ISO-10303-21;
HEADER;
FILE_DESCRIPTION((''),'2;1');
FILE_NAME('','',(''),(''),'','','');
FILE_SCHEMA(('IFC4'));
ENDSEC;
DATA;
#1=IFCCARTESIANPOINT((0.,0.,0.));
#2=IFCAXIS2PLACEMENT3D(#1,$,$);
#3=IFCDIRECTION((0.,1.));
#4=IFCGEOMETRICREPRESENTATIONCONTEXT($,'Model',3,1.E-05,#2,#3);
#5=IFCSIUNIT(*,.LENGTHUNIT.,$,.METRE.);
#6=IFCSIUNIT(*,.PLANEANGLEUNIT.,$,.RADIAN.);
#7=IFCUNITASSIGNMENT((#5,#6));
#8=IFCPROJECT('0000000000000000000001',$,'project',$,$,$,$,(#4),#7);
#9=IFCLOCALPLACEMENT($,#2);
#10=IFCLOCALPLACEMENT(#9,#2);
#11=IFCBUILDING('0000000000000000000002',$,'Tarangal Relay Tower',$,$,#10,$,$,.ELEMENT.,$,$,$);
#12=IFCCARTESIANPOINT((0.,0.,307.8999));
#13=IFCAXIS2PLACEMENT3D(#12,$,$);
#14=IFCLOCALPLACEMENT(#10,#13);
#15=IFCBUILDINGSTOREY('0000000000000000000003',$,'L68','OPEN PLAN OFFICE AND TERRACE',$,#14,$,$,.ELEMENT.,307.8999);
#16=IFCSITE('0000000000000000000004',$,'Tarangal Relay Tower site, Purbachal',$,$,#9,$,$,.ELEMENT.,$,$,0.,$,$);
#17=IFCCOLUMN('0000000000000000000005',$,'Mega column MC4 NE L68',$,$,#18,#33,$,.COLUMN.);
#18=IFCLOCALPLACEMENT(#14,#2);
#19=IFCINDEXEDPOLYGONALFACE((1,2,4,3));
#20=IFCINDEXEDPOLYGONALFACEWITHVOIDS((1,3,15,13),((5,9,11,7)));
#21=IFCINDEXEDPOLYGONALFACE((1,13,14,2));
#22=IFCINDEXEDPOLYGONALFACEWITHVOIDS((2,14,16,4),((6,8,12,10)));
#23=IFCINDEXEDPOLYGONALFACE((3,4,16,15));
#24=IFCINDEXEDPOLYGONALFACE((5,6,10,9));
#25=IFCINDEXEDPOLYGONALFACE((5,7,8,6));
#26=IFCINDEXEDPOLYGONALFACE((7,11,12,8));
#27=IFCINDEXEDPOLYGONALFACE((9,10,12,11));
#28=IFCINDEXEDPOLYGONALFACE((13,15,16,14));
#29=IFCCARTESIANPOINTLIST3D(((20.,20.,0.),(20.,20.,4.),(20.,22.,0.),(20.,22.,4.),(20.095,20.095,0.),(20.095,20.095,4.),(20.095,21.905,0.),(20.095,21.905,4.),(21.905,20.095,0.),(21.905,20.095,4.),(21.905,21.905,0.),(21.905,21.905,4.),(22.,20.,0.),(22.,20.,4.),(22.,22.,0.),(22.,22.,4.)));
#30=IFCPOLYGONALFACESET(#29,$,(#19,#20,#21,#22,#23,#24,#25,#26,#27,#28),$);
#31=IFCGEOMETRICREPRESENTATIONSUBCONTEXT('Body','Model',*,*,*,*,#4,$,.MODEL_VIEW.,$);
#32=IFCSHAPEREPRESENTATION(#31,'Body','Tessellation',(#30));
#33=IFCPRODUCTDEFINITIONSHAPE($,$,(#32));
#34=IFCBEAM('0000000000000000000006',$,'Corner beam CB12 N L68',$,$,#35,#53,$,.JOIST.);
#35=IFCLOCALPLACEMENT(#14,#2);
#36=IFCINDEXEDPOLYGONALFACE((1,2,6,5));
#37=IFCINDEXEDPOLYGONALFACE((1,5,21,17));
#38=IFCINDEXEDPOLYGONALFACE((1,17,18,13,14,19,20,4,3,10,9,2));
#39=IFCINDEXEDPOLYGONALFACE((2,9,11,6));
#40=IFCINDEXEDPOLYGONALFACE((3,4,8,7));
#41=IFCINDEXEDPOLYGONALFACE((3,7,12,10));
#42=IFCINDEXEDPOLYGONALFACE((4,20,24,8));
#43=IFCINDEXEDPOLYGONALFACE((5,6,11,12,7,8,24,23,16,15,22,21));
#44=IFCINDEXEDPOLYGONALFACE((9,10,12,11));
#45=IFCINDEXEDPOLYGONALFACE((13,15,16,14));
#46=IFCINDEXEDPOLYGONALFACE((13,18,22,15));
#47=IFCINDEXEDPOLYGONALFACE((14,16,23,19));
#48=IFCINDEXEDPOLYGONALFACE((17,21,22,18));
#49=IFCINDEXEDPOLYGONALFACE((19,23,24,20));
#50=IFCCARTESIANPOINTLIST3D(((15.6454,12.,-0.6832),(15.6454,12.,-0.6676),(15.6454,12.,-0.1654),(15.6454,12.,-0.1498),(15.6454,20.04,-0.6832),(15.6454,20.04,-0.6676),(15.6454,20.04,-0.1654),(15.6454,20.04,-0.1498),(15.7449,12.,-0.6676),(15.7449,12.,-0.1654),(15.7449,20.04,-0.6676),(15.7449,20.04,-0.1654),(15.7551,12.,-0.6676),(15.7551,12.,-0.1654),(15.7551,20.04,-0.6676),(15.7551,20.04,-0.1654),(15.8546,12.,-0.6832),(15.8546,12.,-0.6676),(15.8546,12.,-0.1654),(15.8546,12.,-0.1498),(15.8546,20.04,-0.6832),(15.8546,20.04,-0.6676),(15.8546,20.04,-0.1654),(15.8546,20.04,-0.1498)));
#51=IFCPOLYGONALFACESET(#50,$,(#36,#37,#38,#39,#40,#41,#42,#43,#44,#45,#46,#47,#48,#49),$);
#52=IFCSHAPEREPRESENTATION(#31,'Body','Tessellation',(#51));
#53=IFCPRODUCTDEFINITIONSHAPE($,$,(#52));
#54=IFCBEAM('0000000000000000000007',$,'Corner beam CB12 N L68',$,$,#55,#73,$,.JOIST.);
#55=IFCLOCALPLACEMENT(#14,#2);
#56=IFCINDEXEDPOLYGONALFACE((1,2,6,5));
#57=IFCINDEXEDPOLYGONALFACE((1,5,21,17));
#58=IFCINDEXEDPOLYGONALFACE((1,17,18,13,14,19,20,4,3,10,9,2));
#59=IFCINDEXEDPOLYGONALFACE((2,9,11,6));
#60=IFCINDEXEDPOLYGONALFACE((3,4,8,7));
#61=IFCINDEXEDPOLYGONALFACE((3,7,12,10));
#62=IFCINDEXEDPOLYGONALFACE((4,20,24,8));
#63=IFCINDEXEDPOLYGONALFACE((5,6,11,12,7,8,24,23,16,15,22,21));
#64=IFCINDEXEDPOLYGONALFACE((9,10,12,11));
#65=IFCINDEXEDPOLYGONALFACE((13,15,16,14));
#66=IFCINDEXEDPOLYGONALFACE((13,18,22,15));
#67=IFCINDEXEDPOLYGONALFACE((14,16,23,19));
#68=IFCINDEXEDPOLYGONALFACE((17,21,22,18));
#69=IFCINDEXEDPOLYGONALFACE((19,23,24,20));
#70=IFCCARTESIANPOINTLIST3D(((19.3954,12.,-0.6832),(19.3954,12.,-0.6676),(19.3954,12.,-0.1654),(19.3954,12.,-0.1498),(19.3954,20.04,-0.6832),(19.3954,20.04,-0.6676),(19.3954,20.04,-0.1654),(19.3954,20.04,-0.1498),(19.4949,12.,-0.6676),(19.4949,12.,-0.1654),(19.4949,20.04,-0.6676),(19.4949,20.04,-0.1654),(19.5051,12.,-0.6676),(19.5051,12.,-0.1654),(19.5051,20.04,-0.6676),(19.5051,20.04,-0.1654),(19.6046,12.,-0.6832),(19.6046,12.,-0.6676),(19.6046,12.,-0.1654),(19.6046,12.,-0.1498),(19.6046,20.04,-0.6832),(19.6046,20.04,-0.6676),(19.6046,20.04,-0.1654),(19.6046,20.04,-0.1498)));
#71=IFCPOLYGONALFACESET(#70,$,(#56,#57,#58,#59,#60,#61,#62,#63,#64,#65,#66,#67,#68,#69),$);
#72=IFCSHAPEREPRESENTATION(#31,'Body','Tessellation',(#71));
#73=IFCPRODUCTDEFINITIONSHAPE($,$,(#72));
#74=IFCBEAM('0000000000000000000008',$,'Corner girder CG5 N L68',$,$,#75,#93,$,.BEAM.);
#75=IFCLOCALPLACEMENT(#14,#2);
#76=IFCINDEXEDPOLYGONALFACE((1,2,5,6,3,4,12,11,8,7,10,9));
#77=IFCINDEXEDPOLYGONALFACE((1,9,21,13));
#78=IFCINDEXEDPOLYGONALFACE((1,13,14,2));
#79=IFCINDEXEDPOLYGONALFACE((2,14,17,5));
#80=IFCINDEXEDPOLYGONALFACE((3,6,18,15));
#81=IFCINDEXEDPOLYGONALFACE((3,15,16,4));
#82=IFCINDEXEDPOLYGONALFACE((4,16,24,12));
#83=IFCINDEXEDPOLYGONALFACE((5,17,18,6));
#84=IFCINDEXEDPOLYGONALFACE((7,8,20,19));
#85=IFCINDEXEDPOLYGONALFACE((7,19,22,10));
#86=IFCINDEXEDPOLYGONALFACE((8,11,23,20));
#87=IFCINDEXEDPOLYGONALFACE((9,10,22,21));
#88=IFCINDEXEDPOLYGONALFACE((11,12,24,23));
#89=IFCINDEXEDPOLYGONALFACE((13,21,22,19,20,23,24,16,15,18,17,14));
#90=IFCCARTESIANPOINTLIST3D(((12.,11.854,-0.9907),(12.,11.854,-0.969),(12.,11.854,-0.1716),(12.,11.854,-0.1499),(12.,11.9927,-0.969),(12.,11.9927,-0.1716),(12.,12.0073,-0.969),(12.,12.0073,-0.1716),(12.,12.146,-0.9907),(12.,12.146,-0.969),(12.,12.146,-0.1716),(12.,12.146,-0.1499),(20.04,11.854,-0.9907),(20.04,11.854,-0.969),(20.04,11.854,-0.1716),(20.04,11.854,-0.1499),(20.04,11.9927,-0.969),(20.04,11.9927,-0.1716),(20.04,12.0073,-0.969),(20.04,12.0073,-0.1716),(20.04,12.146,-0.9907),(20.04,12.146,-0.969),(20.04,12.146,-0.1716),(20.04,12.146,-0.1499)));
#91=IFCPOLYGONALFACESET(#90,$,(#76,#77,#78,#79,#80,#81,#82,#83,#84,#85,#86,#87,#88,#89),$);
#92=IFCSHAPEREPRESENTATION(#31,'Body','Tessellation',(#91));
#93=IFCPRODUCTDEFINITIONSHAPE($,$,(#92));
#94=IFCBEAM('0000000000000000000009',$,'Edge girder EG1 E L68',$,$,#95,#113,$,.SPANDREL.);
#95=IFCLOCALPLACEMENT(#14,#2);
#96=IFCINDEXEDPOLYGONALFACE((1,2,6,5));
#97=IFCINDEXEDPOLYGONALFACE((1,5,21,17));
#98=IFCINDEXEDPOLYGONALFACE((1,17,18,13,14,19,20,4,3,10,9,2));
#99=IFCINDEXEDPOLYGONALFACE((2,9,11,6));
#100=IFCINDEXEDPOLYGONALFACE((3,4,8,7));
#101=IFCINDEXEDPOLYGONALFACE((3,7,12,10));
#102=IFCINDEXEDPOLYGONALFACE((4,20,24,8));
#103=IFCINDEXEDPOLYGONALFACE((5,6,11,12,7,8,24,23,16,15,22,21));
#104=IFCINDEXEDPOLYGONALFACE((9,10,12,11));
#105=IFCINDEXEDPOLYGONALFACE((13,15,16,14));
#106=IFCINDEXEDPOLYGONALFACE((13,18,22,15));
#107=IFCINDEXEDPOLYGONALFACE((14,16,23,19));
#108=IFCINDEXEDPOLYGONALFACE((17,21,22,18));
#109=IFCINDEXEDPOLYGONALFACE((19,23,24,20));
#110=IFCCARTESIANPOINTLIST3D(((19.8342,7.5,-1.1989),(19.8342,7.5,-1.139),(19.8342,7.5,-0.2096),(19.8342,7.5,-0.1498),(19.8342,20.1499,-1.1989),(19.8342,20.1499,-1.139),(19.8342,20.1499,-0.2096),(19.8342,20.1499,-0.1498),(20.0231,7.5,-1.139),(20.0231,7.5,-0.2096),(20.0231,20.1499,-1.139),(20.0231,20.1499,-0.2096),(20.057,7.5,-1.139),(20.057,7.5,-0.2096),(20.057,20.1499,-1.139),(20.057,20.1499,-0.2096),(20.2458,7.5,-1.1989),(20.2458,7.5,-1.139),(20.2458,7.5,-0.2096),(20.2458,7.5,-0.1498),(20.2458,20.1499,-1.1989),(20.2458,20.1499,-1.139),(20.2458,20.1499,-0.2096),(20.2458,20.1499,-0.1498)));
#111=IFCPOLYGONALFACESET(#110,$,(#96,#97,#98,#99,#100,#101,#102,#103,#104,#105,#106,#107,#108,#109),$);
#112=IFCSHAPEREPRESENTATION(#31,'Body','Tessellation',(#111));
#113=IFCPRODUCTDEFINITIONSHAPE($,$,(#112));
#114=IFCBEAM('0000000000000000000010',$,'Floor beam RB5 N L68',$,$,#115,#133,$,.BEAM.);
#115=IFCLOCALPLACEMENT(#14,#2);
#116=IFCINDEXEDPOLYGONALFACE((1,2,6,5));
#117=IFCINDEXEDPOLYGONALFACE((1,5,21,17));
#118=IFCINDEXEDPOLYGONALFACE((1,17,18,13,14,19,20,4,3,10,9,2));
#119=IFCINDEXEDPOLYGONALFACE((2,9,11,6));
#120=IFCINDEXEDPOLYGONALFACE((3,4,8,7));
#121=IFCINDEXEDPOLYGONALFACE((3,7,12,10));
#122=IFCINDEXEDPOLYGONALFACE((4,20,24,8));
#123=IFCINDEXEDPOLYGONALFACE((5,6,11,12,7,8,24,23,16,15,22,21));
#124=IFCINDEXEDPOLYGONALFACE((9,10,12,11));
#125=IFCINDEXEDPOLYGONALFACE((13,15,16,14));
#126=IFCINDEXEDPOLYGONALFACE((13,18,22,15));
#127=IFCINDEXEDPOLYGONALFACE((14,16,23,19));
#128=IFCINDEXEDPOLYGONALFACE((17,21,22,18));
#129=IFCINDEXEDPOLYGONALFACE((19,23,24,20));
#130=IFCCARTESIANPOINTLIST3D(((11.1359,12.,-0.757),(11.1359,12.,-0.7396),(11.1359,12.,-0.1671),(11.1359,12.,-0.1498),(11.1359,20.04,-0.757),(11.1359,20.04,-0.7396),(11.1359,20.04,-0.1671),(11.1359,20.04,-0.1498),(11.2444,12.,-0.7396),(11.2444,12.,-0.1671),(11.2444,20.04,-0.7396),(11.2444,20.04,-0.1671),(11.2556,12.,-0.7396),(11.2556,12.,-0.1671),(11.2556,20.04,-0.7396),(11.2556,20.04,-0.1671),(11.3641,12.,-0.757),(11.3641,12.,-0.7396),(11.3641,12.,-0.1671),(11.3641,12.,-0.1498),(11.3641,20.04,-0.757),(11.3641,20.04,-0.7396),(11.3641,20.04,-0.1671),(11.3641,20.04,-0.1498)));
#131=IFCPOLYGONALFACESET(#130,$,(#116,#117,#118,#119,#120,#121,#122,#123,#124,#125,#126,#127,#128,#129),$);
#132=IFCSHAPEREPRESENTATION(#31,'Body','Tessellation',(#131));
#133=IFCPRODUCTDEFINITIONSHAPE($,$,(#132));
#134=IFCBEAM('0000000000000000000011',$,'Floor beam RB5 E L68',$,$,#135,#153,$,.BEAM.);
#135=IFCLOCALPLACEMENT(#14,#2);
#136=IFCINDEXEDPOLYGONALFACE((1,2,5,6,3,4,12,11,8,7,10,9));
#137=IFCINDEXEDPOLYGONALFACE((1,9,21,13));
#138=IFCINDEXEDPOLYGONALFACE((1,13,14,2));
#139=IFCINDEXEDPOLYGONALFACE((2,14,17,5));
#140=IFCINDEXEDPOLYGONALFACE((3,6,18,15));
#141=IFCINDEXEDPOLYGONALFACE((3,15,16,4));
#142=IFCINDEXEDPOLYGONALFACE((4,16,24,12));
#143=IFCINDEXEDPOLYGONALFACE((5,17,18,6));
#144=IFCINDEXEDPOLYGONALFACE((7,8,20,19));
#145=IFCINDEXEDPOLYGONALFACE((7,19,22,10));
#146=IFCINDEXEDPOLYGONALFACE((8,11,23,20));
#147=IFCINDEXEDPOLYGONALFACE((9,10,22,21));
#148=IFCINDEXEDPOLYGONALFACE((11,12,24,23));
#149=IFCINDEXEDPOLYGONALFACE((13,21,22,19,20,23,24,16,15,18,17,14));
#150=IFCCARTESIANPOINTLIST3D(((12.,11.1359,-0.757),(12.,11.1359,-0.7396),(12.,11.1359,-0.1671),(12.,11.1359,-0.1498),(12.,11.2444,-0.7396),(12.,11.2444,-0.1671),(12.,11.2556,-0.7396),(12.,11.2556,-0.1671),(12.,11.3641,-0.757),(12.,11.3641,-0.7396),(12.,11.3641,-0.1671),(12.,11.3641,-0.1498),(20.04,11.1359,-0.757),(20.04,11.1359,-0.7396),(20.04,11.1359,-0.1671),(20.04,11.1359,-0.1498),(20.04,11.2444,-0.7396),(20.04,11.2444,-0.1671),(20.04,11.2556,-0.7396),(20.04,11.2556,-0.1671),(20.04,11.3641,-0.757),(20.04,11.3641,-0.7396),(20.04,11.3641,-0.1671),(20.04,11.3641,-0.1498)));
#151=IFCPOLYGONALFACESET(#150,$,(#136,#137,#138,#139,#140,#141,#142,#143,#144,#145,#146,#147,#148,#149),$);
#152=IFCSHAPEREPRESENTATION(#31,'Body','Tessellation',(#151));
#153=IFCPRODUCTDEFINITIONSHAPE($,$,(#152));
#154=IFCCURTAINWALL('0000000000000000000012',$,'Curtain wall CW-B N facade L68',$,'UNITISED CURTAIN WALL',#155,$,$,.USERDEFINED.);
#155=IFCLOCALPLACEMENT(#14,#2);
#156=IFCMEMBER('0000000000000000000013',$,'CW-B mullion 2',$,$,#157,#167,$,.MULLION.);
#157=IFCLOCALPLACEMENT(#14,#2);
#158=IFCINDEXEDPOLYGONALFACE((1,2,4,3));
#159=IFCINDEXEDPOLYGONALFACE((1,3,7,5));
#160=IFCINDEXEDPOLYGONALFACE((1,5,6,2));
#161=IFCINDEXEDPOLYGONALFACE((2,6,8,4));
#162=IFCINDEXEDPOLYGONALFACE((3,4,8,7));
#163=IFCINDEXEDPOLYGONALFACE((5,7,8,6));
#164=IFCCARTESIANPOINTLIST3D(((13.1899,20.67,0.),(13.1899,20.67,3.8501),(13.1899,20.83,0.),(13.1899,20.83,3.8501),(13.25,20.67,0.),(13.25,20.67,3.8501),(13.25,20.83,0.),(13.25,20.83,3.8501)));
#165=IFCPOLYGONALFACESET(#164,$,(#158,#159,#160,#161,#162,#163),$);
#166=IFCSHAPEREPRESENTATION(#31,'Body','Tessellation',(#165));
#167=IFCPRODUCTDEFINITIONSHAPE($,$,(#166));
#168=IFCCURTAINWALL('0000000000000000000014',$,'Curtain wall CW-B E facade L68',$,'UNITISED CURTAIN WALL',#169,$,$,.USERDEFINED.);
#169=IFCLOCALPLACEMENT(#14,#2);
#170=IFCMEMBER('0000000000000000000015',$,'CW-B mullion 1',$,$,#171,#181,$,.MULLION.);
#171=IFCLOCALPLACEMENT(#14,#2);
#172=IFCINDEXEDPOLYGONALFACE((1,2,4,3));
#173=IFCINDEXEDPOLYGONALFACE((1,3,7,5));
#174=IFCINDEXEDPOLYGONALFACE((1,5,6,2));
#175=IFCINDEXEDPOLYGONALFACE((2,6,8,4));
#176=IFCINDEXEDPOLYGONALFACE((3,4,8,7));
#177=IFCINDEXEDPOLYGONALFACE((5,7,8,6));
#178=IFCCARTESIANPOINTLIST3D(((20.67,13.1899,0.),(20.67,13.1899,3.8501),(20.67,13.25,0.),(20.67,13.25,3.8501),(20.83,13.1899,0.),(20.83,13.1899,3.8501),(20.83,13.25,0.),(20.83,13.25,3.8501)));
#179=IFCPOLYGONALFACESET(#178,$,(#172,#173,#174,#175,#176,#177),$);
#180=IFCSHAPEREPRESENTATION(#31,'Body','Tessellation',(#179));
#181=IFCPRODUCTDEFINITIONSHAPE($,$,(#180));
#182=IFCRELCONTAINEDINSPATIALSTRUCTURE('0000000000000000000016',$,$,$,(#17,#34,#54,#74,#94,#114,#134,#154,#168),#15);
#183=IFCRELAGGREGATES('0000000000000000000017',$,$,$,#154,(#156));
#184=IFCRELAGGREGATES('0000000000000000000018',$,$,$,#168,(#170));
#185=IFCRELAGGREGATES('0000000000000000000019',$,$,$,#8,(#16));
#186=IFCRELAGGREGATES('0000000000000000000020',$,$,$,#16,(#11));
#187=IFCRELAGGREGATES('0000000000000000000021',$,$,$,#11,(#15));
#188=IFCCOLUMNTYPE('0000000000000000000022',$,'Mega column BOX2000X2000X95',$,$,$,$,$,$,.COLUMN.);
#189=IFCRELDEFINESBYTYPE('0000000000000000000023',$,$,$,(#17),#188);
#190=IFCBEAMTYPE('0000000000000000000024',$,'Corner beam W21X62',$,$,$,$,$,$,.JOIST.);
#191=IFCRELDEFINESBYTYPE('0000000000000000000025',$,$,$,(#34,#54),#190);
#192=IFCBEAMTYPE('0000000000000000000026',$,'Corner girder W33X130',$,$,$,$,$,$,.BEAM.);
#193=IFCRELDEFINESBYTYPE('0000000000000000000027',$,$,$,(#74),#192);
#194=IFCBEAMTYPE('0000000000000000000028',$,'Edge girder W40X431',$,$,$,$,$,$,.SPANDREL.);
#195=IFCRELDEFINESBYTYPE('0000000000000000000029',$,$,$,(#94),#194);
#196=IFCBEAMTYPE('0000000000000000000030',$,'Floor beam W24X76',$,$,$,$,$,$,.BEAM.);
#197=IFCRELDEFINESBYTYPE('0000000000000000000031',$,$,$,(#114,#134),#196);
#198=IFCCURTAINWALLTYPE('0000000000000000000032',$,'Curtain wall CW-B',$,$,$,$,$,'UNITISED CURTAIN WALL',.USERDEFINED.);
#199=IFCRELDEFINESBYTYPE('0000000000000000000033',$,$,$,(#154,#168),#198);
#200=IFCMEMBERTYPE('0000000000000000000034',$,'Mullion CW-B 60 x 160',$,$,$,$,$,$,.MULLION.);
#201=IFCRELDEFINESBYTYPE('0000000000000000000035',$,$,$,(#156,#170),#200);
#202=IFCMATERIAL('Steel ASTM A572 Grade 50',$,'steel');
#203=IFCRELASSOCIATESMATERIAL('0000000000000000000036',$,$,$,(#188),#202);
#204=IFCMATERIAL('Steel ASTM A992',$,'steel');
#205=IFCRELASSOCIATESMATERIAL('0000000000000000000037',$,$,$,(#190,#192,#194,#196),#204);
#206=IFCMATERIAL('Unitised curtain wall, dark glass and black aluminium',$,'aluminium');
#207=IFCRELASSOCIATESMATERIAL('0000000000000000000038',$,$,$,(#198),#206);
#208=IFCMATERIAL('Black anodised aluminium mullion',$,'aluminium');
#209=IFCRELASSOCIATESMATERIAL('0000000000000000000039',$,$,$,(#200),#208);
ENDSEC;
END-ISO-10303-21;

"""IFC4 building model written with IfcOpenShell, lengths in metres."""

from ifc_helpers import new_model, si_unit, direction, frame, origin, origin_2d, place, context, subcontext, project, spatial, rectangle, hollow_rectangle, i_section, extrude, material, material_profile, profile_set, type_object, element, aggregate, save


model = new_model("IFC4")

# Units and contexts
model_context = context("Model", 3, precision=1e-05, world=origin(), true_north=direction((0.0, 1.0)))
body_context = subcontext(model_context, "Body", "Model", "MODEL_VIEW")
ifc_project = project(units=[si_unit("LENGTHUNIT", "METRE"), si_unit("PLANEANGLEUNIT", "RADIAN")], contexts=[model_context])

# Site, building, storey
site_placement = place(None, origin())
site = spatial("IfcSite", under=ifc_project, at=site_placement, Name="Tarangal Relay Tower site, Purbachal", CompositionType="ELEMENT", RefElevation=0.0)
building_placement = place(site_placement, origin())
building = spatial("IfcBuilding", under=site, at=building_placement, Name="Tarangal Relay Tower", CompositionType="ELEMENT")
storey_placement = place(building_placement, frame((0.0, 0.0, 307.8999)))
storey = spatial("IfcBuildingStorey", under=building, at=storey_placement, Name="L68", Description="OPEN PLAN OFFICE AND TERRACE", CompositionType="ELEMENT", Elevation=307.8999)

# Column
ifc_material_1 = material(Name="Steel ASTM A572 Grade 50", Category="steel")
ifc_material_profile_1 = material_profile(ifc_material_1, hollow_rectangle(XDim=2.0, YDim=2.0, WallThickness=0.095, at=origin_2d()), Name="BOX2000X2000X95")
ifc_profile_set_1 = profile_set([ifc_material_profile_1], Name="Steel ASTM A572 Grade 50")
column_type = type_object("IfcColumnType", Name="Mega column BOX2000X2000X95", PredefinedType="COLUMN", material=ifc_profile_set_1)
column_placement = place(storey_placement, frame((21.0, 21.0, 0.0), z_axis=(0.0, 0.0, 1.0), x_axis=(1.0, 0.0, 0.0)))
element("IfcColumn", 1, at=column_placement, inside=storey, type_object=column_type, Name="Mega column MC4 NE L68", PredefinedType="COLUMN", context=body_context, shape_type="SweptSolid", body=[
    extrude(hollow_rectangle(XDim=2.0, YDim=2.0, WallThickness=0.095, at=origin_2d()), origin(), (0.0, 0.0, 1.0), 4.0),
])

# Beams
ifc_material_2 = material(Name="Steel ASTM A992", Category="steel")
ifc_material_profile_2 = material_profile(ifc_material_2, i_section(OverallWidth=0.2092, OverallDepth=0.5334, WebThickness=0.0103, FlangeThickness=0.0156, at=origin_2d()), Name="W21X62")
ifc_profile_set_2 = profile_set([ifc_material_profile_2], Name="Steel ASTM A992")
beam_type_1 = type_object("IfcBeamType", Name="Corner beam W21X62", PredefinedType="JOIST", material=ifc_profile_set_2)
for number, where, z_axis, x_axis, name in (
    (2, (15.75, 12.0, -0.4165), (0.0, 1.0, 0.0), (-1.0, 0.0, 0.0), "Corner beam CB12 N L68"),
    (3, (19.5, 12.0, -0.4165), (0.0, 1.0, 0.0), (-1.0, 0.0, 0.0), "Corner beam CB12 N L68"),
):
    element("IfcBeam", number, at=place(storey_placement, frame(where, z_axis=z_axis, x_axis=x_axis)), inside=storey, type_object=beam_type_1, Name=name, PredefinedType="JOIST", context=body_context, shape_type="SweptSolid", body=[
        extrude(i_section(OverallWidth=0.2092, OverallDepth=0.5334, WebThickness=0.0103, FlangeThickness=0.0156, at=origin_2d()), origin(), (0.0, 0.0, 1.0), 8.04),
    ])
ifc_material_profile_3 = material_profile(ifc_material_2, i_section(OverallWidth=0.292, OverallDepth=0.8408, WebThickness=0.0146, FlangeThickness=0.0217, at=origin_2d()), Name="W33X130")
ifc_profile_set_3 = profile_set([ifc_material_profile_3], Name="Steel ASTM A992")
beam_type_2 = type_object("IfcBeamType", Name="Corner girder W33X130", PredefinedType="BEAM", material=ifc_profile_set_3)
beam_1_placement = place(storey_placement, frame((12.0, 12.0, -0.5703), z_axis=(1.0, 0.0, 0.0), x_axis=(0.0, 1.0, 0.0)))
element("IfcBeam", 4, at=beam_1_placement, inside=storey, type_object=beam_type_2, Name="Corner girder CG5 N L68", PredefinedType="BEAM", context=body_context, shape_type="SweptSolid", body=[
    extrude(i_section(OverallWidth=0.292, OverallDepth=0.8408, WebThickness=0.0146, FlangeThickness=0.0217, at=origin_2d()), origin(), (0.0, 0.0, 1.0), 8.04),
])
ifc_material_profile_4 = material_profile(ifc_material_2, i_section(OverallWidth=0.4116, OverallDepth=1.0491, WebThickness=0.0339, FlangeThickness=0.0598, at=origin_2d()), Name="W40X431")
ifc_profile_set_4 = profile_set([ifc_material_profile_4], Name="Steel ASTM A992")
beam_type_3 = type_object("IfcBeamType", Name="Edge girder W40X431", PredefinedType="SPANDREL", material=ifc_profile_set_4)
beam_2_placement = place(storey_placement, frame((20.04, 20.1499, -0.6743), z_axis=(0.0, -1.0, 0.0), x_axis=(1.0, 0.0, 0.0)))
element("IfcBeam", 5, at=beam_2_placement, inside=storey, type_object=beam_type_3, Name="Edge girder EG1 E L68", PredefinedType="SPANDREL", context=body_context, shape_type="SweptSolid", body=[
    extrude(i_section(OverallWidth=0.4116, OverallDepth=1.0491, WebThickness=0.0339, FlangeThickness=0.0598, at=origin_2d()), origin(), (0.0, 0.0, 1.0), 12.6499),
])
ifc_material_profile_5 = material_profile(ifc_material_2, i_section(OverallWidth=0.2283, OverallDepth=0.6072, WebThickness=0.0112, FlangeThickness=0.0173, at=origin_2d()), Name="W24X76")
ifc_profile_set_5 = profile_set([ifc_material_profile_5], Name="Steel ASTM A992")
beam_type_4 = type_object("IfcBeamType", Name="Floor beam W24X76", PredefinedType="BEAM", material=ifc_profile_set_5)
for number, where, z_axis, x_axis, name in (
    (6, (11.25, 12.0, -0.4534), (0.0, 1.0, 0.0), (-1.0, 0.0, 0.0), "Floor beam RB5 N L68"),
    (7, (12.0, 11.25, -0.4534), (1.0, 0.0, 0.0), (0.0, 1.0, 0.0), "Floor beam RB5 E L68"),
):
    element("IfcBeam", number, at=place(storey_placement, frame(where, z_axis=z_axis, x_axis=x_axis)), inside=storey, type_object=beam_type_4, Name=name, PredefinedType="BEAM", context=body_context, shape_type="SweptSolid", body=[
        extrude(i_section(OverallWidth=0.2283, OverallDepth=0.6072, WebThickness=0.0112, FlangeThickness=0.0173, at=origin_2d()), origin(), (0.0, 0.0, 1.0), 8.04),
    ])

# Curtain wall, member
ifc_material_3 = material(Name="Unitised curtain wall, dark glass and black aluminium", Category="aluminium")
curtain_wall_type_1 = type_object("IfcCurtainWallType", Name="Curtain wall CW-B", ElementType="UNITISED CURTAIN WALL", PredefinedType="USERDEFINED", material=ifc_material_3)
curtain_wall_1_placement = place(storey_placement, origin())
curtain_wall_1 = element("IfcCurtainWall", 8, at=curtain_wall_1_placement, inside=storey, type_object=curtain_wall_type_1, Name="Curtain wall CW-B N facade L68", ObjectType="UNITISED CURTAIN WALL", PredefinedType="USERDEFINED")
ifc_material_4 = material(Name="Black anodised aluminium mullion", Category="aluminium")
ifc_material_profile_6 = material_profile(ifc_material_4, rectangle(XDim=0.1599, YDim=0.0601, at=origin_2d()), Name="CW-BM 60X160")
ifc_profile_set_6 = profile_set([ifc_material_profile_6], Name="Black anodised aluminium mullion")
member_type_1 = type_object("IfcMemberType", Name="Mullion CW-B 60 x 160", PredefinedType="MULLION", material=ifc_profile_set_6)
member_1_placement = place(storey_placement, frame((13.22, 20.75, 0.0), z_axis=(0.0, 0.0, 1.0), x_axis=(0.0, 1.0, 0.0)))
member_1 = element("IfcMember", 9, at=member_1_placement, type_object=member_type_1, Name="CW-B mullion 2", PredefinedType="MULLION", context=body_context, shape_type="SweptSolid", body=[
    extrude(rectangle(XDim=0.1599, YDim=0.0601, at=origin_2d()), origin(), (0.0, 0.0, 1.0), 3.8501),
])

# Curtain wall, member
curtain_wall_2_placement = place(storey_placement, origin())
curtain_wall_2 = element("IfcCurtainWall", 10, at=curtain_wall_2_placement, inside=storey, type_object=curtain_wall_type_1, Name="Curtain wall CW-B E facade L68", ObjectType="UNITISED CURTAIN WALL", PredefinedType="USERDEFINED")
member_2_placement = place(storey_placement, frame((20.75, 13.22, 0.0), z_axis=(0.0, 0.0, 1.0), x_axis=(1.0, 0.0, 0.0)))
member_2 = element("IfcMember", 11, at=member_2_placement, type_object=member_type_1, Name="CW-B mullion 1", PredefinedType="MULLION", context=body_context, shape_type="SweptSolid", body=[
    extrude(rectangle(XDim=0.1599, YDim=0.0601, at=origin_2d()), origin(), (0.0, 0.0, 1.0), 3.8501),
])

aggregate(curtain_wall_1, [member_1])
aggregate(curtain_wall_2, [member_2])

save(model, "model.ifc")
